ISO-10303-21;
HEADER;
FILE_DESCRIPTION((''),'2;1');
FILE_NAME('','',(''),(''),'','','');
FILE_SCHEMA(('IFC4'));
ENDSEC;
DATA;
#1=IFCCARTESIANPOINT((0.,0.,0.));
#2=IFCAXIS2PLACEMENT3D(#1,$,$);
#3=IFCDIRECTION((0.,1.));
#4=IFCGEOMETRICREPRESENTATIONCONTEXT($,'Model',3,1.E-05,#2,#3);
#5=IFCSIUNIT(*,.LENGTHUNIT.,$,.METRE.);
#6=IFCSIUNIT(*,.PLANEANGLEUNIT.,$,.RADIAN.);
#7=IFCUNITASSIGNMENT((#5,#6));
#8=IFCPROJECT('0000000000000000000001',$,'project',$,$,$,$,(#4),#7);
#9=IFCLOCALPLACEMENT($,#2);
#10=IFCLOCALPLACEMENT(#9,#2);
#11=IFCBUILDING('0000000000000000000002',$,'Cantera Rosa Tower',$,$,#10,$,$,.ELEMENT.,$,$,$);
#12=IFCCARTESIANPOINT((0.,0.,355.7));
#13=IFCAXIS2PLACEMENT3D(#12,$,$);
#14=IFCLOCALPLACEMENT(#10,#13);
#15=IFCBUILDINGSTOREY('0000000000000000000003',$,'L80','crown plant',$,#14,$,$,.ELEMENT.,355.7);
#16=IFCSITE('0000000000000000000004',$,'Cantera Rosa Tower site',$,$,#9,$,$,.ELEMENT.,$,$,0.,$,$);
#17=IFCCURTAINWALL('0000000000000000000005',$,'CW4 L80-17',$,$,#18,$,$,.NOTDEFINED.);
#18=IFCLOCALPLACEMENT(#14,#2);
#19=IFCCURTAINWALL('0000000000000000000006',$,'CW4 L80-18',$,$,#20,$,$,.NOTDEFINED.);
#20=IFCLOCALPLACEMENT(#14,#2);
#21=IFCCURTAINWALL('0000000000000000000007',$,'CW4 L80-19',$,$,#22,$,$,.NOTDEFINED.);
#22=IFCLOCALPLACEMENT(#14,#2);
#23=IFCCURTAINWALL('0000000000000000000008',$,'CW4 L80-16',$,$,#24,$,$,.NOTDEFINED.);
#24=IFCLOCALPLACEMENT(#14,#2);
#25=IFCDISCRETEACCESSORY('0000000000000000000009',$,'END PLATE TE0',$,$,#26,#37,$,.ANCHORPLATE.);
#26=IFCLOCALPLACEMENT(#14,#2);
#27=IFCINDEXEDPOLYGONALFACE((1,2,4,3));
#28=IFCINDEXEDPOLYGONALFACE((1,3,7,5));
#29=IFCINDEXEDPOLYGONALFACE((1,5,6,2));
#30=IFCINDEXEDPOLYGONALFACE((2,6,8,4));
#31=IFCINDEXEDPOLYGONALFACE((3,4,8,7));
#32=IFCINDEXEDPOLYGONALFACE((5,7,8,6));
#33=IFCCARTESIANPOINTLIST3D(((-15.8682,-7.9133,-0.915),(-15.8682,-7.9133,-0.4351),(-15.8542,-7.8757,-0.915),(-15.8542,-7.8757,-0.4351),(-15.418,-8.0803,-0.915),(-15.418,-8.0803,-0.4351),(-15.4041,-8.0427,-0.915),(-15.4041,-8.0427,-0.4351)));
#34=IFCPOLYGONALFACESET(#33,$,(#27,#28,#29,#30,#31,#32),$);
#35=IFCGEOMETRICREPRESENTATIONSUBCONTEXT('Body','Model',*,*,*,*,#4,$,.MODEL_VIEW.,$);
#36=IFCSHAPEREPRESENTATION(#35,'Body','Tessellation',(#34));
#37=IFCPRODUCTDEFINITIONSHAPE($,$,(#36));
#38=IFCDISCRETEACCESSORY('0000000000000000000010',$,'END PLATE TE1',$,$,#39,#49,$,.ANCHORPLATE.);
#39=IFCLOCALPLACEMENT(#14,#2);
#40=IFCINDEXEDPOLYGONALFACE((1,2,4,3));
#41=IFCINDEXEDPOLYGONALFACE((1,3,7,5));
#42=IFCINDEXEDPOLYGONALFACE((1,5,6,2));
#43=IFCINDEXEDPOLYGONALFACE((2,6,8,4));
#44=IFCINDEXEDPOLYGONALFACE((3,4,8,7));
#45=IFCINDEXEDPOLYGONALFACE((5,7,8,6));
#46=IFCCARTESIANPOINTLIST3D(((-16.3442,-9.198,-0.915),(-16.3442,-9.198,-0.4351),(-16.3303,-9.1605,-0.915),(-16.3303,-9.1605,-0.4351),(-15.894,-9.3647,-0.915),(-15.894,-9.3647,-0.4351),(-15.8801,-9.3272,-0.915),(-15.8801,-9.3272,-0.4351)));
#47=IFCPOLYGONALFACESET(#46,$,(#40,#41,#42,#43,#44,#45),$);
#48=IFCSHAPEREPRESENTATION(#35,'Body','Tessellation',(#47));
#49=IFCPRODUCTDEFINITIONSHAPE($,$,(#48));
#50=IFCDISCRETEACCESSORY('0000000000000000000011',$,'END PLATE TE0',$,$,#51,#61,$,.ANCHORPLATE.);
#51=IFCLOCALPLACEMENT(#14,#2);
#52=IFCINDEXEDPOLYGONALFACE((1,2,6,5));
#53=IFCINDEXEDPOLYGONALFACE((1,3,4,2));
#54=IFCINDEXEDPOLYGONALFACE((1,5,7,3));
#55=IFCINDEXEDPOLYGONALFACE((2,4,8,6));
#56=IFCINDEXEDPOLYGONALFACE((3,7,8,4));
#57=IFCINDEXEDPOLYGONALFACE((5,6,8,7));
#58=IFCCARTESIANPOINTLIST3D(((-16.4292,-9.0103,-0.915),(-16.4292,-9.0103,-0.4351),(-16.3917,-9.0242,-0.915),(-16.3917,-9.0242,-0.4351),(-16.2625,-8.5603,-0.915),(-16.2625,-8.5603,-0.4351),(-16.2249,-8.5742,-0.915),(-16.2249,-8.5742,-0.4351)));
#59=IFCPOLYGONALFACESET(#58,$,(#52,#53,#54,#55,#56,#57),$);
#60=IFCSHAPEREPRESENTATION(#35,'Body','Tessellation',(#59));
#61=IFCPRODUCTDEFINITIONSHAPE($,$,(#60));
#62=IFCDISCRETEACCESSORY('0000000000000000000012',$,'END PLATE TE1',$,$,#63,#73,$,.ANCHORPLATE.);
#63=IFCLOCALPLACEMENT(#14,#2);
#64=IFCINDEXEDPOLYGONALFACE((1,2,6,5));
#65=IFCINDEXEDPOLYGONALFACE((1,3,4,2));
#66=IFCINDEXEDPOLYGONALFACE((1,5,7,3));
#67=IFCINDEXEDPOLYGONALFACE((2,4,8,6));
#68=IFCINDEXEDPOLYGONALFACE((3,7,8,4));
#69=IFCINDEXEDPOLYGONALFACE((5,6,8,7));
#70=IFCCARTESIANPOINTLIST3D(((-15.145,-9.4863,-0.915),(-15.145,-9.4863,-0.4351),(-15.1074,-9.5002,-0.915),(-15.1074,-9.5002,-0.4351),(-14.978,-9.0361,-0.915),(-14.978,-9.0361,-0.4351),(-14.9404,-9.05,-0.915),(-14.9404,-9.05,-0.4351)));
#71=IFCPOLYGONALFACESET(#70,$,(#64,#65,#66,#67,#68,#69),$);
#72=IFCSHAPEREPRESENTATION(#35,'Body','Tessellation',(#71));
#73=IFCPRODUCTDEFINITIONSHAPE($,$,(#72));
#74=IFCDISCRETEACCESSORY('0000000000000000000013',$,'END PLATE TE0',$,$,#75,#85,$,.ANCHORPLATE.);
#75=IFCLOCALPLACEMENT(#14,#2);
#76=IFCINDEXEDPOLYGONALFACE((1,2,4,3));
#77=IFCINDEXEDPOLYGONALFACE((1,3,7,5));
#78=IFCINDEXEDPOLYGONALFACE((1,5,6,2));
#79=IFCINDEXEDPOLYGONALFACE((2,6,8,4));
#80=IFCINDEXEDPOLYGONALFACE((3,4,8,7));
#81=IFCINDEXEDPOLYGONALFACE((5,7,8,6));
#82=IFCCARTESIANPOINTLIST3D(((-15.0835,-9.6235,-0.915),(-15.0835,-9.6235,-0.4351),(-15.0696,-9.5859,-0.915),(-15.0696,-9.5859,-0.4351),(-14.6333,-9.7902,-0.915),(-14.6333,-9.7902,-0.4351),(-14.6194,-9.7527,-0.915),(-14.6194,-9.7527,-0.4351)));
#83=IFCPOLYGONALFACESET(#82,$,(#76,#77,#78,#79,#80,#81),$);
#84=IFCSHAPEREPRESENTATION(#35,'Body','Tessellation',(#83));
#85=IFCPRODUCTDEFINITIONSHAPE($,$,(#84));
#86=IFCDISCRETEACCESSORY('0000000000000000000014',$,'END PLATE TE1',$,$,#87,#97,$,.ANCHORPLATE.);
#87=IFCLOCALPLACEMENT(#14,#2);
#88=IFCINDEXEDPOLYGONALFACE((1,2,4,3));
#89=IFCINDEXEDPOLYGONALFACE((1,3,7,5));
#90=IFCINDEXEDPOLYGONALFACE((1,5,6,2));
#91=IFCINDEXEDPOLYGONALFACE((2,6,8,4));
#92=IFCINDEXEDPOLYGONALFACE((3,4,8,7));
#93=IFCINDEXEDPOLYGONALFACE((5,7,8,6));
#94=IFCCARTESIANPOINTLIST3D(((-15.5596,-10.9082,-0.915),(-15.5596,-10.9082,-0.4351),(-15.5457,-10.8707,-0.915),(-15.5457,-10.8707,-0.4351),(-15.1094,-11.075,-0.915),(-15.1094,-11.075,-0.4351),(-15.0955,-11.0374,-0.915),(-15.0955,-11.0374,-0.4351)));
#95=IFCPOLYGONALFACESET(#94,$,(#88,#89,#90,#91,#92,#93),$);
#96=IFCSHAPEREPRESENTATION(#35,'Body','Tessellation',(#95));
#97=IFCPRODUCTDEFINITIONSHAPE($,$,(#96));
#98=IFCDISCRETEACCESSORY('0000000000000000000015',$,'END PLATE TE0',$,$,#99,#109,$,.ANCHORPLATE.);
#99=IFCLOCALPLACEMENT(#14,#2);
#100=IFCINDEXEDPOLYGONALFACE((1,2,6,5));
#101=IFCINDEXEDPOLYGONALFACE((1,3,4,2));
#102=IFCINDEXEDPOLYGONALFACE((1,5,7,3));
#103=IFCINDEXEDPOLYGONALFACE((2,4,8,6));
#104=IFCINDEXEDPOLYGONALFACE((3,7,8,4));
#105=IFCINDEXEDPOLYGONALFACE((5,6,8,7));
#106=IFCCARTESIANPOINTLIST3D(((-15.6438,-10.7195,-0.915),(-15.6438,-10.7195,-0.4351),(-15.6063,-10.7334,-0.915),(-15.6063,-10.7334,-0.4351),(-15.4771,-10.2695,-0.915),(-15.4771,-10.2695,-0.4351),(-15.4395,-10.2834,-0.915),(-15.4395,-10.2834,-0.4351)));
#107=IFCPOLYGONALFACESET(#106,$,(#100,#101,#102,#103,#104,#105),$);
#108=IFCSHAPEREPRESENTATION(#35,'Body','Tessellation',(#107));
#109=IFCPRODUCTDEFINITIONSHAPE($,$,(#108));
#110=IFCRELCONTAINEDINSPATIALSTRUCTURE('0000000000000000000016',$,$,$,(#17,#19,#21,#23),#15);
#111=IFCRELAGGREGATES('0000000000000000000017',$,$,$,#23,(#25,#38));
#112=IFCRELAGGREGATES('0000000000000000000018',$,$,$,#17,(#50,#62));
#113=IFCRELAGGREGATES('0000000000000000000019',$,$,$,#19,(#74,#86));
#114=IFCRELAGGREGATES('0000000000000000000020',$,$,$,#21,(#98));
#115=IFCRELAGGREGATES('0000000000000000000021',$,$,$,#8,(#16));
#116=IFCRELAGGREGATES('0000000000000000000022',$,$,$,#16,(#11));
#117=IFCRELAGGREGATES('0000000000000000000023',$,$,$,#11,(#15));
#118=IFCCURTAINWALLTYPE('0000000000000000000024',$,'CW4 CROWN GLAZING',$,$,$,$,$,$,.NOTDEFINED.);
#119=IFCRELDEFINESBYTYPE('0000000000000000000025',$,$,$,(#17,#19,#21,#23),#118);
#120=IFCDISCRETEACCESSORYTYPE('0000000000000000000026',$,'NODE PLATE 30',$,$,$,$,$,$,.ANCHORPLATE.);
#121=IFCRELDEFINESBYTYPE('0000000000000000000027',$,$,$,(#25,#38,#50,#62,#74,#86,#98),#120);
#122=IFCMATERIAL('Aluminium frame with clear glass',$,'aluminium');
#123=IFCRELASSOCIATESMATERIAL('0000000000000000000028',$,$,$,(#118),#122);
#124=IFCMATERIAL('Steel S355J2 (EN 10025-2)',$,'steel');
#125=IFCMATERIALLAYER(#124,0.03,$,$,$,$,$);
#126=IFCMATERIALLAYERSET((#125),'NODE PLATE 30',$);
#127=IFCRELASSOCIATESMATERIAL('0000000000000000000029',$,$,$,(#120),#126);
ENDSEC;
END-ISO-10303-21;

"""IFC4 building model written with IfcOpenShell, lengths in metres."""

from ifc_helpers import new_model, si_unit, direction, frame, origin, place, context, subcontext, project, spatial, polyline, outline, extrude, material, layer, layer_set, type_object, element, aggregate, save


model = new_model("IFC4")

# Units and contexts
model_context = context("Model", 3, precision=1e-05, world=origin(), true_north=direction((0.0, 1.0)))
body_context = subcontext(model_context, "Body", "Model", "MODEL_VIEW")
ifc_project = project(units=[si_unit("LENGTHUNIT", "METRE"), si_unit("PLANEANGLEUNIT", "RADIAN")], contexts=[model_context])

# Site, building, storey
site_placement = place(None, origin())
site = spatial("IfcSite", under=ifc_project, at=site_placement, Name="Cantera Rosa Tower site", CompositionType="ELEMENT", RefElevation=0.0)
building_placement = place(site_placement, origin())
building = spatial("IfcBuilding", under=site, at=building_placement, Name="Cantera Rosa Tower", CompositionType="ELEMENT")
storey_placement = place(building_placement, frame((0.0, 0.0, 355.7)))
storey = spatial("IfcBuildingStorey", under=building, at=storey_placement, Name="L80", Description="crown plant", CompositionType="ELEMENT", Elevation=355.7)

# Curtain walls
ifc_material_1 = material(Name="Aluminium frame with clear glass", Category="aluminium")
curtain_wall_type = type_object("IfcCurtainWallType", Name="CW4 CROWN GLAZING", PredefinedType="NOTDEFINED", material=ifc_material_1)
curtain_wall_1_placement = place(storey_placement, origin())
curtain_wall_1 = element("IfcCurtainWall", 1, at=curtain_wall_1_placement, inside=storey, type_object=curtain_wall_type, Name="CW4 L80-17", PredefinedType="NOTDEFINED")
curtain_wall_2_placement = place(storey_placement, origin())
curtain_wall_2 = element("IfcCurtainWall", 2, at=curtain_wall_2_placement, inside=storey, type_object=curtain_wall_type, Name="CW4 L80-18", PredefinedType="NOTDEFINED")
curtain_wall_3_placement = place(storey_placement, origin())
curtain_wall_3 = element("IfcCurtainWall", 3, at=curtain_wall_3_placement, inside=storey, type_object=curtain_wall_type, Name="CW4 L80-19", PredefinedType="NOTDEFINED")
curtain_wall_4_placement = place(storey_placement, origin())
curtain_wall_4 = element("IfcCurtainWall", 4, at=curtain_wall_4_placement, inside=storey, type_object=curtain_wall_type, Name="CW4 L80-16", PredefinedType="NOTDEFINED")

# Discrete accessories
ifc_material_2 = material(Name="Steel S355J2 (EN 10025-2)", Category="steel")
ifc_layer_1 = layer(ifc_material_2, 0.03)
ifc_layer_set_1 = layer_set([ifc_layer_1], Name="NODE PLATE 30")
discrete_accessory_type = type_object("IfcDiscreteAccessoryType", Name="NODE PLATE 30", PredefinedType="ANCHORPLATE", material=ifc_layer_set_1)
discrete_accessory_1_placement = place(storey_placement, frame((-15.8542, -7.8757, -0.4351), z_axis=(0.347778, 0.937577, 0.0), x_axis=(0.937577, -0.347778, 0.0)))
discrete_accessory_1 = element("IfcDiscreteAccessory", 5, at=discrete_accessory_1_placement, type_object=discrete_accessory_type, Name="END PLATE TE0", PredefinedType="ANCHORPLATE", context=body_context, shape_type="SweptSolid", body=[
    extrude(outline(polyline([(0.0, 0.0), (0.4802, 0.0), (0.4802, 0.48), (0.0, 0.48), (0.0, 0.0)])), origin(), (0.0, 0.0, -1.0), 0.04),
])
discrete_accessory_2_placement = place(storey_placement, frame((-15.894, -9.3647, -0.4351), z_axis=(-0.347331, -0.937743, 0.0), x_axis=(-0.937743, 0.347331, 0.0)))
discrete_accessory_2 = element("IfcDiscreteAccessory", 6, at=discrete_accessory_2_placement, type_object=discrete_accessory_type, Name="END PLATE TE1", PredefinedType="ANCHORPLATE", context=body_context, shape_type="SweptSolid", body=[
    extrude(outline(polyline([(0.0, 0.0), (0.4801, 0.0), (0.4801, 0.48), (0.0, 0.48), (0.0, 0.0)])), origin(), (0.0, 0.0, -1.0), 0.04),
])
aggregate(curtain_wall_4, [discrete_accessory_1, discrete_accessory_2])
discrete_accessory_3_placement = place(storey_placement, frame((-16.4292, -9.0103, -0.4351), z_axis=(-0.937681, 0.347497, 0.0), x_axis=(0.347497, 0.937681, 0.0)))
discrete_accessory_3 = element("IfcDiscreteAccessory", 7, at=discrete_accessory_3_placement, type_object=discrete_accessory_type, Name="END PLATE TE0", PredefinedType="ANCHORPLATE", context=body_context, shape_type="SweptSolid", body=[
    extrude(outline(polyline([(0.0, 0.0), (0.4799, 0.0), (0.4799, 0.48), (0.0, 0.48), (0.0, 0.0)])), origin(), (0.0, 0.0, -1.0), 0.04),
])
discrete_accessory_4_placement = place(storey_placement, frame((-14.9404, -9.05, -0.4351), z_axis=(0.937577, -0.347778, 0.0), x_axis=(-0.347778, -0.937577, 0.0)))
discrete_accessory_4 = element("IfcDiscreteAccessory", 8, at=discrete_accessory_4_placement, type_object=discrete_accessory_type, Name="END PLATE TE1", PredefinedType="ANCHORPLATE", context=body_context, shape_type="SweptSolid", body=[
    extrude(outline(polyline([(0.0, 0.0), (0.4802, 0.0), (0.4802, 0.48), (0.0, 0.48), (0.0, 0.0)])), origin(), (0.0, 0.0, -1.0), 0.04),
])
aggregate(curtain_wall_1, [discrete_accessory_3, discrete_accessory_4])
discrete_accessory_5_placement = place(storey_placement, frame((-15.0696, -9.5859, -0.4351), z_axis=(0.347331, 0.937743, 0.0), x_axis=(0.937743, -0.347331, 0.0)))
discrete_accessory_5 = element("IfcDiscreteAccessory", 9, at=discrete_accessory_5_placement, type_object=discrete_accessory_type, Name="END PLATE TE0", PredefinedType="ANCHORPLATE", context=body_context, shape_type="SweptSolid", body=[
    extrude(outline(polyline([(0.0, 0.0), (0.4801, 0.0), (0.4801, 0.48), (0.0, 0.48), (0.0, 0.0)])), origin(), (0.0, 0.0, -1.0), 0.04),
])
discrete_accessory_6_placement = place(storey_placement, frame((-15.1094, -11.075, -0.4351), z_axis=(-0.347331, -0.937743, 0.0), x_axis=(-0.937743, 0.347331, 0.0)))
discrete_accessory_6 = element("IfcDiscreteAccessory", 10, at=discrete_accessory_6_placement, type_object=discrete_accessory_type, Name="END PLATE TE1", PredefinedType="ANCHORPLATE", context=body_context, shape_type="SweptSolid", body=[
    extrude(outline(polyline([(0.0, 0.0), (0.4801, 0.0), (0.4801, 0.48), (0.0, 0.48), (0.0, 0.0)])), origin(), (0.0, 0.0, -1.0), 0.04),
])
aggregate(curtain_wall_2, [discrete_accessory_5, discrete_accessory_6])
discrete_accessory_7_placement = place(storey_placement, frame((-15.6438, -10.7195, -0.4351), z_axis=(-0.937681, 0.347497, 0.0), x_axis=(0.347497, 0.937681, 0.0)))
discrete_accessory_7 = element("IfcDiscreteAccessory", 11, at=discrete_accessory_7_placement, type_object=discrete_accessory_type, Name="END PLATE TE0", PredefinedType="ANCHORPLATE", context=body_context, shape_type="SweptSolid", body=[
    extrude(outline(polyline([(0.0, 0.0), (0.4799, 0.0), (0.4799, 0.48), (0.0, 0.48), (0.0, 0.0)])), origin(), (0.0, 0.0, -1.0), 0.04),
])
aggregate(curtain_wall_3, [discrete_accessory_7])

save(model, "model.ifc")
